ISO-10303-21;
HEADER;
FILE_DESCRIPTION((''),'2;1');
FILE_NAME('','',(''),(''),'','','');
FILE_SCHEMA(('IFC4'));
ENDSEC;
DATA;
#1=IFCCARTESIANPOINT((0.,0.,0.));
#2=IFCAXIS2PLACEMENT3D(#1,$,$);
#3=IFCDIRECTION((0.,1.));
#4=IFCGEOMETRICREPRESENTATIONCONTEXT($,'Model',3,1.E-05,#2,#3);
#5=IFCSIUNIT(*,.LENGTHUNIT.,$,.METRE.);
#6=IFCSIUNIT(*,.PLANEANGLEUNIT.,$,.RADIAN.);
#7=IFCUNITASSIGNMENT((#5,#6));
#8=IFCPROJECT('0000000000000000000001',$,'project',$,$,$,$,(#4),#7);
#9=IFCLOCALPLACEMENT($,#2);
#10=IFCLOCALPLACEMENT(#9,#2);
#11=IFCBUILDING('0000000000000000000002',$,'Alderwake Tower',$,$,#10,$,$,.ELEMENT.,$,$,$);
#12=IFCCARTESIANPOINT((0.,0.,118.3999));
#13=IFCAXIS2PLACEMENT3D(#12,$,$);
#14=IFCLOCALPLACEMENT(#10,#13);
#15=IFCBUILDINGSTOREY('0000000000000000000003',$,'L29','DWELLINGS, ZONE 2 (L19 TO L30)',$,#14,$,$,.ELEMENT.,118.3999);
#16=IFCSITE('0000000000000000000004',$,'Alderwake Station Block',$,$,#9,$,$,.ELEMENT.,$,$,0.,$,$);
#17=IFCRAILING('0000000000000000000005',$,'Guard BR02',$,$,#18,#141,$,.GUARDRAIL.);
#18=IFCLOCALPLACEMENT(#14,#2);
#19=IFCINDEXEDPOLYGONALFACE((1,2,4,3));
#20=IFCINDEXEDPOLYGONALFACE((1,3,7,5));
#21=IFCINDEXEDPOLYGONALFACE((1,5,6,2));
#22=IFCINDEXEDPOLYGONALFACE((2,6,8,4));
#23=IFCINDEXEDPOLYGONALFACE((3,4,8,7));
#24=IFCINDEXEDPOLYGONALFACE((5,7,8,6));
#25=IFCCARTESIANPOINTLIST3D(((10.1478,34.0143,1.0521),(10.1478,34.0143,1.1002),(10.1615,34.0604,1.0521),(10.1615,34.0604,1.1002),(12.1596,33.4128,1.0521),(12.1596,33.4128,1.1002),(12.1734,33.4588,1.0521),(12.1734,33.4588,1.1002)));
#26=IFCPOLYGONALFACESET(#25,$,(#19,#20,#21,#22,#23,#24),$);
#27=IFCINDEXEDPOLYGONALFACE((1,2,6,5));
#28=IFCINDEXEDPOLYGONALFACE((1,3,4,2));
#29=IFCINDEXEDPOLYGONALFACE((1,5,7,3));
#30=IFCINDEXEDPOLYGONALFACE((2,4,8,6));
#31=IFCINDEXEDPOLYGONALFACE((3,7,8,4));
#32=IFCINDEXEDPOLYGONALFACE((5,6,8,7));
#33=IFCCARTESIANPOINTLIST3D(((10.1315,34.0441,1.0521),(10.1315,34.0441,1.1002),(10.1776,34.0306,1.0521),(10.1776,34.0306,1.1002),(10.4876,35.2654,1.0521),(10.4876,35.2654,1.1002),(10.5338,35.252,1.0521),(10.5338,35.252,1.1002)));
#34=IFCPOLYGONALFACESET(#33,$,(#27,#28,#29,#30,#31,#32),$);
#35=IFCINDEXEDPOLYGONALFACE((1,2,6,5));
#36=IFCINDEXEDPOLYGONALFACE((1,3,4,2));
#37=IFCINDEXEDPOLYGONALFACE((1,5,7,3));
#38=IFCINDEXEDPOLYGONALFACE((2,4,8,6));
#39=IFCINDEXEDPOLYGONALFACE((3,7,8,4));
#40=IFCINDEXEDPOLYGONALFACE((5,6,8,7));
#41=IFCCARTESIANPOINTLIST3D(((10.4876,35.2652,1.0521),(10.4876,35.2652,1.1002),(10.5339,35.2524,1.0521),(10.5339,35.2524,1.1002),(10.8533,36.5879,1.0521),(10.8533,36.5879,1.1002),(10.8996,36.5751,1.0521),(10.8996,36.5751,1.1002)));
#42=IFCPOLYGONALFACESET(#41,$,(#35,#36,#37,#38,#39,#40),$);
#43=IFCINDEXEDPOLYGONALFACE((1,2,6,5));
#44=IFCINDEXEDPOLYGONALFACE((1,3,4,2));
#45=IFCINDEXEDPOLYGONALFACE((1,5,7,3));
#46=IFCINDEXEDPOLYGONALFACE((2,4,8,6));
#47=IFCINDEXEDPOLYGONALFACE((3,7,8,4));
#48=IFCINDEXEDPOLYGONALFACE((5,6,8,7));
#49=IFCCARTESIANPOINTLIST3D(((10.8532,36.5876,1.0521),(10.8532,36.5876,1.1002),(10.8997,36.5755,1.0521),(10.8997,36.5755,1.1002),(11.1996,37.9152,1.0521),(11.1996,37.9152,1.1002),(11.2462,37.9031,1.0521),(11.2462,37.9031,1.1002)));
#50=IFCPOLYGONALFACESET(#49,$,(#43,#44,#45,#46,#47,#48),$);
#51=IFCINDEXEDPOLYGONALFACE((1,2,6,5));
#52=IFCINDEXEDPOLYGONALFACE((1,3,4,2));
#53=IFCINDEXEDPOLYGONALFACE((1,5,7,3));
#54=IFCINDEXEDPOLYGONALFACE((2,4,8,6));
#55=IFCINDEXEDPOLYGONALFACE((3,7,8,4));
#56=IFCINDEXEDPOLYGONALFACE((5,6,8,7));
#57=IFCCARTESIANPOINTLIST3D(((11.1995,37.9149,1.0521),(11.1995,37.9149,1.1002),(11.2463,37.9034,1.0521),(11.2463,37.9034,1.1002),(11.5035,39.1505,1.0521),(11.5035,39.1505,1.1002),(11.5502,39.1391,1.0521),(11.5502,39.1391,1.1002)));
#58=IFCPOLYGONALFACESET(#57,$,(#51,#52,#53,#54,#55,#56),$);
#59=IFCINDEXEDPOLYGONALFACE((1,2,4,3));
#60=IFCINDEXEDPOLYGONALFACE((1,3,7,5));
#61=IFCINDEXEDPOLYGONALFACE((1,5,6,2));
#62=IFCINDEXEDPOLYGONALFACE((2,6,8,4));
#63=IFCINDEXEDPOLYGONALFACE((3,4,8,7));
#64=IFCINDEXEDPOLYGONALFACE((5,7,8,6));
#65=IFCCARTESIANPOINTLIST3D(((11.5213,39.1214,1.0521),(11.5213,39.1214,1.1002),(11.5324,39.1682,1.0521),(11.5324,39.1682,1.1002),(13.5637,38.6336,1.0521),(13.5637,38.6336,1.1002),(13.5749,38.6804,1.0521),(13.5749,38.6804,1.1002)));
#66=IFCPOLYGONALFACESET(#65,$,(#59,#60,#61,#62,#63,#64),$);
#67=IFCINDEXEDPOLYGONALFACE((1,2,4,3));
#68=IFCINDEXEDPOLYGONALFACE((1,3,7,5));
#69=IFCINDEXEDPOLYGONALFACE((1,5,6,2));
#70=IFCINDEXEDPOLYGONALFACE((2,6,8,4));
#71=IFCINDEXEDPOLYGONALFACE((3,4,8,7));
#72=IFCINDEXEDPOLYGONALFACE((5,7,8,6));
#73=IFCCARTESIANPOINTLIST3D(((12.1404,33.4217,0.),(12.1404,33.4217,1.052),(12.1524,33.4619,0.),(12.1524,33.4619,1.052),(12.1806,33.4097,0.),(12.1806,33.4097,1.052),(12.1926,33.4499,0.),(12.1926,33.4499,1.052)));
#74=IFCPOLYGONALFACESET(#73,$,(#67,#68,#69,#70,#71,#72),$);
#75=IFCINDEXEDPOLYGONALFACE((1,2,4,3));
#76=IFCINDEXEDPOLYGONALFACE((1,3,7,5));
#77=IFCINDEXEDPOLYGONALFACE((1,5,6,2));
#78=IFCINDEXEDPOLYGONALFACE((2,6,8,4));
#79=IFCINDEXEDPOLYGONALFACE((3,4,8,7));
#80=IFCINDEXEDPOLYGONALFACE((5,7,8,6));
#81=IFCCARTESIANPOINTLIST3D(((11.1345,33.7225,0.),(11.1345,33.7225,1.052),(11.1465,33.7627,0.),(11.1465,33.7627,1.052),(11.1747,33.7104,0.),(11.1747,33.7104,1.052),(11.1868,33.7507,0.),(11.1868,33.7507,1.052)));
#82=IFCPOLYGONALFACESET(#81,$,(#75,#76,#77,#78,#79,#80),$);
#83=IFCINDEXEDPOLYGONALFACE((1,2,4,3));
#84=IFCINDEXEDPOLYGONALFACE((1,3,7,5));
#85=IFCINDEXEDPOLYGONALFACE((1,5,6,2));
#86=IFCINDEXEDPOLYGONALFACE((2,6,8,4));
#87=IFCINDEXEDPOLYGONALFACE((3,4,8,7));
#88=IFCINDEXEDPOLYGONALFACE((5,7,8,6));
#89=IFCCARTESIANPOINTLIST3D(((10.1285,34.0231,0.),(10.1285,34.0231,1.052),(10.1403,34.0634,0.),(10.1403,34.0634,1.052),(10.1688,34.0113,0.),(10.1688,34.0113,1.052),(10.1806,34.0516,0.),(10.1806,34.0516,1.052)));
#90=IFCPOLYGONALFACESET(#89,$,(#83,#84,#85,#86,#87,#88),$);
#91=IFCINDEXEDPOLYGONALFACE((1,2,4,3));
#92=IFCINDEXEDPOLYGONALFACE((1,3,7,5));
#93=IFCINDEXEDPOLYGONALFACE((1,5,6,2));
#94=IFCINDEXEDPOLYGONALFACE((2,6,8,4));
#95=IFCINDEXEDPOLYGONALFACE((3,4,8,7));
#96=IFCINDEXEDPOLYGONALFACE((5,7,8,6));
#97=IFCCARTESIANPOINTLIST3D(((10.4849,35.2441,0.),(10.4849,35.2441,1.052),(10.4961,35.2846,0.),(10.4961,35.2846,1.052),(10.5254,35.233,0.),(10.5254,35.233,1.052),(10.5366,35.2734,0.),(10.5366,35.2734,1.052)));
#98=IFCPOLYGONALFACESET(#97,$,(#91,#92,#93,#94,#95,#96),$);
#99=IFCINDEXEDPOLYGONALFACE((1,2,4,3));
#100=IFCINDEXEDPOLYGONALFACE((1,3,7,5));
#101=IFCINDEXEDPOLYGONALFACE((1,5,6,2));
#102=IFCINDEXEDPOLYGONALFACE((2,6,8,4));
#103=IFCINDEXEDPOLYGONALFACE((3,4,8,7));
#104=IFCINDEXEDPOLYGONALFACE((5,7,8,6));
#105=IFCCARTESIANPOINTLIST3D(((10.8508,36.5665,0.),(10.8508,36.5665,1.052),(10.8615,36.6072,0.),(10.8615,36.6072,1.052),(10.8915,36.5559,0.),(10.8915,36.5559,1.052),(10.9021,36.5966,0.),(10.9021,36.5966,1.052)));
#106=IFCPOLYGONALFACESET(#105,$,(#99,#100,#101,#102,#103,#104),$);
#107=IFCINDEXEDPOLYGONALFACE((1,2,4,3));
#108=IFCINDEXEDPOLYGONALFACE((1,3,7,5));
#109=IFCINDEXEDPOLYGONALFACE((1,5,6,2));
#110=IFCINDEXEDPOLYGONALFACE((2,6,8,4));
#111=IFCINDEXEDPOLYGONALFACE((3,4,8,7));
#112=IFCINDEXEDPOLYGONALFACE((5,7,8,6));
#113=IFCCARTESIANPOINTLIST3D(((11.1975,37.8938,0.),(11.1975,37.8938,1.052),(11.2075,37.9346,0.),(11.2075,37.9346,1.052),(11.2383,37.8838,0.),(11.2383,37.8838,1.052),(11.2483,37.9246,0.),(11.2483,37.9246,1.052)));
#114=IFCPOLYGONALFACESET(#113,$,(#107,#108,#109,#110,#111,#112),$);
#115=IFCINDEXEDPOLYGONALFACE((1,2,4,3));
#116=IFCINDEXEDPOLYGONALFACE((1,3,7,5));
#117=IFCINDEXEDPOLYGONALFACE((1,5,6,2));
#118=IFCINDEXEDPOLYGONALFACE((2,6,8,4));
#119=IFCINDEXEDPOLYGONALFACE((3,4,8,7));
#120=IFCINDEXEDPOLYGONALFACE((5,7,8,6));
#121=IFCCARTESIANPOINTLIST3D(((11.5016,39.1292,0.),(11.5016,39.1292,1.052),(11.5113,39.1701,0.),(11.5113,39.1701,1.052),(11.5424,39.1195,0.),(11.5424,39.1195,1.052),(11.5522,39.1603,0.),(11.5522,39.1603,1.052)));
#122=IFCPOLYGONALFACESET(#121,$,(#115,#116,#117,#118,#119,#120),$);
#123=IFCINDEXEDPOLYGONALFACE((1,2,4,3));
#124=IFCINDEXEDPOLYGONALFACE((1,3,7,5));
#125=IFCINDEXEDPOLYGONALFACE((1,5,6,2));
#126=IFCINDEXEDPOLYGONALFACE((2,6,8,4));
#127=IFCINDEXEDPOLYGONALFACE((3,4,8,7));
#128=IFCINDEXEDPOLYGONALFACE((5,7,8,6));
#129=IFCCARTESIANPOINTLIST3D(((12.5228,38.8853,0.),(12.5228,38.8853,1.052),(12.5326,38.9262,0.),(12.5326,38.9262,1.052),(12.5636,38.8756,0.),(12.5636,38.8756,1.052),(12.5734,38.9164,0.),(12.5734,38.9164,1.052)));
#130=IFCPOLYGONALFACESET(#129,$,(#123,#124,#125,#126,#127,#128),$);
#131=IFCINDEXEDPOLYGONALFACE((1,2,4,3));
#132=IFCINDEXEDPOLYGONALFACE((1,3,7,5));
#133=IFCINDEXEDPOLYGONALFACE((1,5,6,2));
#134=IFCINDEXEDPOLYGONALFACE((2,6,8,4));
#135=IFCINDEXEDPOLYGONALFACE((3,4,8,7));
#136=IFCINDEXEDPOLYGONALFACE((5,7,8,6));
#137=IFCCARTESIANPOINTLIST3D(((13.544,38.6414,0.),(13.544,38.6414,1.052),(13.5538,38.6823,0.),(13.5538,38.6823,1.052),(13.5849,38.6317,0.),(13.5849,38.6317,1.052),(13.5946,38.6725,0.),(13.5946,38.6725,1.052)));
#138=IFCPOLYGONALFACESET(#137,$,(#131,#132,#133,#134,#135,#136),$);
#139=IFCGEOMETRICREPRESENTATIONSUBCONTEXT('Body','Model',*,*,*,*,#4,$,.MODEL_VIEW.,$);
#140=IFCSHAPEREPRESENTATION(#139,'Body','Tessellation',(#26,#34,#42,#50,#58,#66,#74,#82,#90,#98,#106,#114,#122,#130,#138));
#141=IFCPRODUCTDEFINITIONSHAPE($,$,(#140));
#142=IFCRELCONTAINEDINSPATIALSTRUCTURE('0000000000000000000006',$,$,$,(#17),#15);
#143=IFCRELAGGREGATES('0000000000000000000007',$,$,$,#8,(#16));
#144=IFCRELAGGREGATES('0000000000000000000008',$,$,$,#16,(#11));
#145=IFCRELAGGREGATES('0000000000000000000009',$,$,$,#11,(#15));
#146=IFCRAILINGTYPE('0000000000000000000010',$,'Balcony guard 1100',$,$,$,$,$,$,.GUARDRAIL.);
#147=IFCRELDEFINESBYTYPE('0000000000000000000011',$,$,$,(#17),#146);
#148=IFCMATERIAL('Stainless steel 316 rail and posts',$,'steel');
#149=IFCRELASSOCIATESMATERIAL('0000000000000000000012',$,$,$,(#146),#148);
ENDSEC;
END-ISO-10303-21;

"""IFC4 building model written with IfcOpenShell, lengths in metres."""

from ifc_helpers import new_model, si_unit, direction, frame, origin, origin_2d, place, context, subcontext, project, spatial, rectangle, extrude, material, type_object, element, save


model = new_model("IFC4")

# Units and contexts
model_context = context("Model", 3, precision=1e-05, world=origin(), true_north=direction((0.0, 1.0)))
body_context = subcontext(model_context, "Body", "Model", "MODEL_VIEW")
ifc_project = project(units=[si_unit("LENGTHUNIT", "METRE"), si_unit("PLANEANGLEUNIT", "RADIAN")], contexts=[model_context])

# Site, building, storey
site_placement = place(None, origin())
site = spatial("IfcSite", under=ifc_project, at=site_placement, Name="Alderwake Station Block", CompositionType="ELEMENT", RefElevation=0.0)
building_placement = place(site_placement, origin())
building = spatial("IfcBuilding", under=site, at=building_placement, Name="Alderwake Tower", CompositionType="ELEMENT")
storey_placement = place(building_placement, frame((0.0, 0.0, 118.3999)))
storey = spatial("IfcBuildingStorey", under=building, at=storey_placement, Name="L29", Description="DWELLINGS, ZONE 2 (L19 TO L30)", CompositionType="ELEMENT", Elevation=118.3999)

# Railing
ifc_material_1 = material(Name="Stainless steel 316 rail and posts", Category="steel")
railing_type = type_object("IfcRailingType", Name="Balcony guard 1100", PredefinedType="GUARDRAIL", material=ifc_material_1)
railing_1_placement = place(storey_placement, frame((12.1665, 33.4358, 0.0)))
element("IfcRailing", 1, at=railing_1_placement, inside=storey, type_object=railing_type, Name="Guard BR02", PredefinedType="GUARDRAIL", context=body_context, shape_type="SweptSolid", body=[
    extrude(rectangle(XDim=0.0481, YDim=0.0481, at=origin_2d()), frame((0.0, 0.0, 1.0762), z_axis=(-0.958091, 0.286462, 0.0), x_axis=(-0.286462, -0.958091, 0.0)), (0.0, 0.0, 1.0), 2.0999),
    extrude(rectangle(XDim=0.0481, YDim=0.0481, at=origin_2d()), frame((-2.012, 0.6016, 1.0762), z_axis=(0.279963, 0.960011, 0.0), x_axis=(-0.960011, 0.279963, 0.0)), (0.0, 0.0, 1.0), 1.2722),
    extrude(rectangle(XDim=0.0481, YDim=0.0481, at=origin_2d()), frame((-1.6558, 1.823, 1.0762), z_axis=(0.266488, 0.963838, 0.0), x_axis=(-0.963838, 0.266488, 0.0)), (0.0, 0.0, 1.0), 1.3723),
    extrude(rectangle(XDim=0.0481, YDim=0.0481, at=origin_2d()), frame((-1.29, 3.1458, 1.0762), z_axis=(0.252487, 0.9676, 0.0), x_axis=(-0.9676, 0.252487, 0.0)), (0.0, 0.0, 1.0), 1.3721),
    extrude(rectangle(XDim=0.0481, YDim=0.0481, at=origin_2d()), frame((-0.9436, 4.4734, 1.0762), z_axis=(0.238877, 0.97105, 0.0), x_axis=(-0.97105, 0.238877, 0.0)), (0.0, 0.0, 1.0), 1.2725),
    extrude(rectangle(XDim=0.0481, YDim=0.0481, at=origin_2d()), frame((-0.6396, 5.709, 1.0762), z_axis=(0.972646, -0.232291, 0.0), x_axis=(0.232291, 0.972646, 0.0)), (0.0, 0.0, 1.0), 2.0999),
    extrude(rectangle(XDim=0.042, YDim=0.042, at=origin_2d()), frame((0.0, 0.0, 0.0), z_axis=(0.0, 0.0, 1.0), x_axis=(-0.958091, 0.286462, 0.0)), (0.0, 0.0, 1.0), 1.052),
    extrude(rectangle(XDim=0.042, YDim=0.042, at=origin_2d()), frame((-1.0059, 0.3008, 0.0), z_axis=(0.0, 0.0, 1.0), x_axis=(-0.958091, 0.286462, 0.0)), (0.0, 0.0, 1.0), 1.052),
    extrude(rectangle(XDim=0.042, YDim=0.042, at=origin_2d()), frame((-2.012, 0.6016, 0.0), z_axis=(0.0, 0.0, 1.0), x_axis=(0.279963, 0.960011, 0.0)), (0.0, 0.0, 1.0), 1.052),
    extrude(rectangle(XDim=0.042, YDim=0.042, at=origin_2d()), frame((-1.6558, 1.823, 0.0), z_axis=(0.0, 0.0, 1.0), x_axis=(0.266488, 0.963838, 0.0)), (0.0, 0.0, 1.0), 1.052),
    extrude(rectangle(XDim=0.042, YDim=0.042, at=origin_2d()), frame((-1.29, 3.1458, 0.0), z_axis=(0.0, 0.0, 1.0), x_axis=(0.252487, 0.9676, 0.0)), (0.0, 0.0, 1.0), 1.052),
    extrude(rectangle(XDim=0.042, YDim=0.042, at=origin_2d()), frame((-0.9436, 4.4734, 0.0), z_axis=(0.0, 0.0, 1.0), x_axis=(0.238877, 0.97105, 0.0)), (0.0, 0.0, 1.0), 1.052),
    extrude(rectangle(XDim=0.042, YDim=0.042, at=origin_2d()), frame((-0.6396, 5.709, 0.0), z_axis=(0.0, 0.0, 1.0), x_axis=(0.972646, -0.232291, 0.0)), (0.0, 0.0, 1.0), 1.052),
    extrude(rectangle(XDim=0.042, YDim=0.042, at=origin_2d()), frame((0.3816, 5.4651, 0.0), z_axis=(0.0, 0.0, 1.0), x_axis=(0.972646, -0.232291, 0.0)), (0.0, 0.0, 1.0), 1.052),
    extrude(rectangle(XDim=0.042, YDim=0.042, at=origin_2d()), frame((1.4028, 5.2212, 0.0), z_axis=(0.0, 0.0, 1.0), x_axis=(0.972646, -0.232291, 0.0)), (0.0, 0.0, 1.0), 1.052),
])

save(model, "model.ifc")
